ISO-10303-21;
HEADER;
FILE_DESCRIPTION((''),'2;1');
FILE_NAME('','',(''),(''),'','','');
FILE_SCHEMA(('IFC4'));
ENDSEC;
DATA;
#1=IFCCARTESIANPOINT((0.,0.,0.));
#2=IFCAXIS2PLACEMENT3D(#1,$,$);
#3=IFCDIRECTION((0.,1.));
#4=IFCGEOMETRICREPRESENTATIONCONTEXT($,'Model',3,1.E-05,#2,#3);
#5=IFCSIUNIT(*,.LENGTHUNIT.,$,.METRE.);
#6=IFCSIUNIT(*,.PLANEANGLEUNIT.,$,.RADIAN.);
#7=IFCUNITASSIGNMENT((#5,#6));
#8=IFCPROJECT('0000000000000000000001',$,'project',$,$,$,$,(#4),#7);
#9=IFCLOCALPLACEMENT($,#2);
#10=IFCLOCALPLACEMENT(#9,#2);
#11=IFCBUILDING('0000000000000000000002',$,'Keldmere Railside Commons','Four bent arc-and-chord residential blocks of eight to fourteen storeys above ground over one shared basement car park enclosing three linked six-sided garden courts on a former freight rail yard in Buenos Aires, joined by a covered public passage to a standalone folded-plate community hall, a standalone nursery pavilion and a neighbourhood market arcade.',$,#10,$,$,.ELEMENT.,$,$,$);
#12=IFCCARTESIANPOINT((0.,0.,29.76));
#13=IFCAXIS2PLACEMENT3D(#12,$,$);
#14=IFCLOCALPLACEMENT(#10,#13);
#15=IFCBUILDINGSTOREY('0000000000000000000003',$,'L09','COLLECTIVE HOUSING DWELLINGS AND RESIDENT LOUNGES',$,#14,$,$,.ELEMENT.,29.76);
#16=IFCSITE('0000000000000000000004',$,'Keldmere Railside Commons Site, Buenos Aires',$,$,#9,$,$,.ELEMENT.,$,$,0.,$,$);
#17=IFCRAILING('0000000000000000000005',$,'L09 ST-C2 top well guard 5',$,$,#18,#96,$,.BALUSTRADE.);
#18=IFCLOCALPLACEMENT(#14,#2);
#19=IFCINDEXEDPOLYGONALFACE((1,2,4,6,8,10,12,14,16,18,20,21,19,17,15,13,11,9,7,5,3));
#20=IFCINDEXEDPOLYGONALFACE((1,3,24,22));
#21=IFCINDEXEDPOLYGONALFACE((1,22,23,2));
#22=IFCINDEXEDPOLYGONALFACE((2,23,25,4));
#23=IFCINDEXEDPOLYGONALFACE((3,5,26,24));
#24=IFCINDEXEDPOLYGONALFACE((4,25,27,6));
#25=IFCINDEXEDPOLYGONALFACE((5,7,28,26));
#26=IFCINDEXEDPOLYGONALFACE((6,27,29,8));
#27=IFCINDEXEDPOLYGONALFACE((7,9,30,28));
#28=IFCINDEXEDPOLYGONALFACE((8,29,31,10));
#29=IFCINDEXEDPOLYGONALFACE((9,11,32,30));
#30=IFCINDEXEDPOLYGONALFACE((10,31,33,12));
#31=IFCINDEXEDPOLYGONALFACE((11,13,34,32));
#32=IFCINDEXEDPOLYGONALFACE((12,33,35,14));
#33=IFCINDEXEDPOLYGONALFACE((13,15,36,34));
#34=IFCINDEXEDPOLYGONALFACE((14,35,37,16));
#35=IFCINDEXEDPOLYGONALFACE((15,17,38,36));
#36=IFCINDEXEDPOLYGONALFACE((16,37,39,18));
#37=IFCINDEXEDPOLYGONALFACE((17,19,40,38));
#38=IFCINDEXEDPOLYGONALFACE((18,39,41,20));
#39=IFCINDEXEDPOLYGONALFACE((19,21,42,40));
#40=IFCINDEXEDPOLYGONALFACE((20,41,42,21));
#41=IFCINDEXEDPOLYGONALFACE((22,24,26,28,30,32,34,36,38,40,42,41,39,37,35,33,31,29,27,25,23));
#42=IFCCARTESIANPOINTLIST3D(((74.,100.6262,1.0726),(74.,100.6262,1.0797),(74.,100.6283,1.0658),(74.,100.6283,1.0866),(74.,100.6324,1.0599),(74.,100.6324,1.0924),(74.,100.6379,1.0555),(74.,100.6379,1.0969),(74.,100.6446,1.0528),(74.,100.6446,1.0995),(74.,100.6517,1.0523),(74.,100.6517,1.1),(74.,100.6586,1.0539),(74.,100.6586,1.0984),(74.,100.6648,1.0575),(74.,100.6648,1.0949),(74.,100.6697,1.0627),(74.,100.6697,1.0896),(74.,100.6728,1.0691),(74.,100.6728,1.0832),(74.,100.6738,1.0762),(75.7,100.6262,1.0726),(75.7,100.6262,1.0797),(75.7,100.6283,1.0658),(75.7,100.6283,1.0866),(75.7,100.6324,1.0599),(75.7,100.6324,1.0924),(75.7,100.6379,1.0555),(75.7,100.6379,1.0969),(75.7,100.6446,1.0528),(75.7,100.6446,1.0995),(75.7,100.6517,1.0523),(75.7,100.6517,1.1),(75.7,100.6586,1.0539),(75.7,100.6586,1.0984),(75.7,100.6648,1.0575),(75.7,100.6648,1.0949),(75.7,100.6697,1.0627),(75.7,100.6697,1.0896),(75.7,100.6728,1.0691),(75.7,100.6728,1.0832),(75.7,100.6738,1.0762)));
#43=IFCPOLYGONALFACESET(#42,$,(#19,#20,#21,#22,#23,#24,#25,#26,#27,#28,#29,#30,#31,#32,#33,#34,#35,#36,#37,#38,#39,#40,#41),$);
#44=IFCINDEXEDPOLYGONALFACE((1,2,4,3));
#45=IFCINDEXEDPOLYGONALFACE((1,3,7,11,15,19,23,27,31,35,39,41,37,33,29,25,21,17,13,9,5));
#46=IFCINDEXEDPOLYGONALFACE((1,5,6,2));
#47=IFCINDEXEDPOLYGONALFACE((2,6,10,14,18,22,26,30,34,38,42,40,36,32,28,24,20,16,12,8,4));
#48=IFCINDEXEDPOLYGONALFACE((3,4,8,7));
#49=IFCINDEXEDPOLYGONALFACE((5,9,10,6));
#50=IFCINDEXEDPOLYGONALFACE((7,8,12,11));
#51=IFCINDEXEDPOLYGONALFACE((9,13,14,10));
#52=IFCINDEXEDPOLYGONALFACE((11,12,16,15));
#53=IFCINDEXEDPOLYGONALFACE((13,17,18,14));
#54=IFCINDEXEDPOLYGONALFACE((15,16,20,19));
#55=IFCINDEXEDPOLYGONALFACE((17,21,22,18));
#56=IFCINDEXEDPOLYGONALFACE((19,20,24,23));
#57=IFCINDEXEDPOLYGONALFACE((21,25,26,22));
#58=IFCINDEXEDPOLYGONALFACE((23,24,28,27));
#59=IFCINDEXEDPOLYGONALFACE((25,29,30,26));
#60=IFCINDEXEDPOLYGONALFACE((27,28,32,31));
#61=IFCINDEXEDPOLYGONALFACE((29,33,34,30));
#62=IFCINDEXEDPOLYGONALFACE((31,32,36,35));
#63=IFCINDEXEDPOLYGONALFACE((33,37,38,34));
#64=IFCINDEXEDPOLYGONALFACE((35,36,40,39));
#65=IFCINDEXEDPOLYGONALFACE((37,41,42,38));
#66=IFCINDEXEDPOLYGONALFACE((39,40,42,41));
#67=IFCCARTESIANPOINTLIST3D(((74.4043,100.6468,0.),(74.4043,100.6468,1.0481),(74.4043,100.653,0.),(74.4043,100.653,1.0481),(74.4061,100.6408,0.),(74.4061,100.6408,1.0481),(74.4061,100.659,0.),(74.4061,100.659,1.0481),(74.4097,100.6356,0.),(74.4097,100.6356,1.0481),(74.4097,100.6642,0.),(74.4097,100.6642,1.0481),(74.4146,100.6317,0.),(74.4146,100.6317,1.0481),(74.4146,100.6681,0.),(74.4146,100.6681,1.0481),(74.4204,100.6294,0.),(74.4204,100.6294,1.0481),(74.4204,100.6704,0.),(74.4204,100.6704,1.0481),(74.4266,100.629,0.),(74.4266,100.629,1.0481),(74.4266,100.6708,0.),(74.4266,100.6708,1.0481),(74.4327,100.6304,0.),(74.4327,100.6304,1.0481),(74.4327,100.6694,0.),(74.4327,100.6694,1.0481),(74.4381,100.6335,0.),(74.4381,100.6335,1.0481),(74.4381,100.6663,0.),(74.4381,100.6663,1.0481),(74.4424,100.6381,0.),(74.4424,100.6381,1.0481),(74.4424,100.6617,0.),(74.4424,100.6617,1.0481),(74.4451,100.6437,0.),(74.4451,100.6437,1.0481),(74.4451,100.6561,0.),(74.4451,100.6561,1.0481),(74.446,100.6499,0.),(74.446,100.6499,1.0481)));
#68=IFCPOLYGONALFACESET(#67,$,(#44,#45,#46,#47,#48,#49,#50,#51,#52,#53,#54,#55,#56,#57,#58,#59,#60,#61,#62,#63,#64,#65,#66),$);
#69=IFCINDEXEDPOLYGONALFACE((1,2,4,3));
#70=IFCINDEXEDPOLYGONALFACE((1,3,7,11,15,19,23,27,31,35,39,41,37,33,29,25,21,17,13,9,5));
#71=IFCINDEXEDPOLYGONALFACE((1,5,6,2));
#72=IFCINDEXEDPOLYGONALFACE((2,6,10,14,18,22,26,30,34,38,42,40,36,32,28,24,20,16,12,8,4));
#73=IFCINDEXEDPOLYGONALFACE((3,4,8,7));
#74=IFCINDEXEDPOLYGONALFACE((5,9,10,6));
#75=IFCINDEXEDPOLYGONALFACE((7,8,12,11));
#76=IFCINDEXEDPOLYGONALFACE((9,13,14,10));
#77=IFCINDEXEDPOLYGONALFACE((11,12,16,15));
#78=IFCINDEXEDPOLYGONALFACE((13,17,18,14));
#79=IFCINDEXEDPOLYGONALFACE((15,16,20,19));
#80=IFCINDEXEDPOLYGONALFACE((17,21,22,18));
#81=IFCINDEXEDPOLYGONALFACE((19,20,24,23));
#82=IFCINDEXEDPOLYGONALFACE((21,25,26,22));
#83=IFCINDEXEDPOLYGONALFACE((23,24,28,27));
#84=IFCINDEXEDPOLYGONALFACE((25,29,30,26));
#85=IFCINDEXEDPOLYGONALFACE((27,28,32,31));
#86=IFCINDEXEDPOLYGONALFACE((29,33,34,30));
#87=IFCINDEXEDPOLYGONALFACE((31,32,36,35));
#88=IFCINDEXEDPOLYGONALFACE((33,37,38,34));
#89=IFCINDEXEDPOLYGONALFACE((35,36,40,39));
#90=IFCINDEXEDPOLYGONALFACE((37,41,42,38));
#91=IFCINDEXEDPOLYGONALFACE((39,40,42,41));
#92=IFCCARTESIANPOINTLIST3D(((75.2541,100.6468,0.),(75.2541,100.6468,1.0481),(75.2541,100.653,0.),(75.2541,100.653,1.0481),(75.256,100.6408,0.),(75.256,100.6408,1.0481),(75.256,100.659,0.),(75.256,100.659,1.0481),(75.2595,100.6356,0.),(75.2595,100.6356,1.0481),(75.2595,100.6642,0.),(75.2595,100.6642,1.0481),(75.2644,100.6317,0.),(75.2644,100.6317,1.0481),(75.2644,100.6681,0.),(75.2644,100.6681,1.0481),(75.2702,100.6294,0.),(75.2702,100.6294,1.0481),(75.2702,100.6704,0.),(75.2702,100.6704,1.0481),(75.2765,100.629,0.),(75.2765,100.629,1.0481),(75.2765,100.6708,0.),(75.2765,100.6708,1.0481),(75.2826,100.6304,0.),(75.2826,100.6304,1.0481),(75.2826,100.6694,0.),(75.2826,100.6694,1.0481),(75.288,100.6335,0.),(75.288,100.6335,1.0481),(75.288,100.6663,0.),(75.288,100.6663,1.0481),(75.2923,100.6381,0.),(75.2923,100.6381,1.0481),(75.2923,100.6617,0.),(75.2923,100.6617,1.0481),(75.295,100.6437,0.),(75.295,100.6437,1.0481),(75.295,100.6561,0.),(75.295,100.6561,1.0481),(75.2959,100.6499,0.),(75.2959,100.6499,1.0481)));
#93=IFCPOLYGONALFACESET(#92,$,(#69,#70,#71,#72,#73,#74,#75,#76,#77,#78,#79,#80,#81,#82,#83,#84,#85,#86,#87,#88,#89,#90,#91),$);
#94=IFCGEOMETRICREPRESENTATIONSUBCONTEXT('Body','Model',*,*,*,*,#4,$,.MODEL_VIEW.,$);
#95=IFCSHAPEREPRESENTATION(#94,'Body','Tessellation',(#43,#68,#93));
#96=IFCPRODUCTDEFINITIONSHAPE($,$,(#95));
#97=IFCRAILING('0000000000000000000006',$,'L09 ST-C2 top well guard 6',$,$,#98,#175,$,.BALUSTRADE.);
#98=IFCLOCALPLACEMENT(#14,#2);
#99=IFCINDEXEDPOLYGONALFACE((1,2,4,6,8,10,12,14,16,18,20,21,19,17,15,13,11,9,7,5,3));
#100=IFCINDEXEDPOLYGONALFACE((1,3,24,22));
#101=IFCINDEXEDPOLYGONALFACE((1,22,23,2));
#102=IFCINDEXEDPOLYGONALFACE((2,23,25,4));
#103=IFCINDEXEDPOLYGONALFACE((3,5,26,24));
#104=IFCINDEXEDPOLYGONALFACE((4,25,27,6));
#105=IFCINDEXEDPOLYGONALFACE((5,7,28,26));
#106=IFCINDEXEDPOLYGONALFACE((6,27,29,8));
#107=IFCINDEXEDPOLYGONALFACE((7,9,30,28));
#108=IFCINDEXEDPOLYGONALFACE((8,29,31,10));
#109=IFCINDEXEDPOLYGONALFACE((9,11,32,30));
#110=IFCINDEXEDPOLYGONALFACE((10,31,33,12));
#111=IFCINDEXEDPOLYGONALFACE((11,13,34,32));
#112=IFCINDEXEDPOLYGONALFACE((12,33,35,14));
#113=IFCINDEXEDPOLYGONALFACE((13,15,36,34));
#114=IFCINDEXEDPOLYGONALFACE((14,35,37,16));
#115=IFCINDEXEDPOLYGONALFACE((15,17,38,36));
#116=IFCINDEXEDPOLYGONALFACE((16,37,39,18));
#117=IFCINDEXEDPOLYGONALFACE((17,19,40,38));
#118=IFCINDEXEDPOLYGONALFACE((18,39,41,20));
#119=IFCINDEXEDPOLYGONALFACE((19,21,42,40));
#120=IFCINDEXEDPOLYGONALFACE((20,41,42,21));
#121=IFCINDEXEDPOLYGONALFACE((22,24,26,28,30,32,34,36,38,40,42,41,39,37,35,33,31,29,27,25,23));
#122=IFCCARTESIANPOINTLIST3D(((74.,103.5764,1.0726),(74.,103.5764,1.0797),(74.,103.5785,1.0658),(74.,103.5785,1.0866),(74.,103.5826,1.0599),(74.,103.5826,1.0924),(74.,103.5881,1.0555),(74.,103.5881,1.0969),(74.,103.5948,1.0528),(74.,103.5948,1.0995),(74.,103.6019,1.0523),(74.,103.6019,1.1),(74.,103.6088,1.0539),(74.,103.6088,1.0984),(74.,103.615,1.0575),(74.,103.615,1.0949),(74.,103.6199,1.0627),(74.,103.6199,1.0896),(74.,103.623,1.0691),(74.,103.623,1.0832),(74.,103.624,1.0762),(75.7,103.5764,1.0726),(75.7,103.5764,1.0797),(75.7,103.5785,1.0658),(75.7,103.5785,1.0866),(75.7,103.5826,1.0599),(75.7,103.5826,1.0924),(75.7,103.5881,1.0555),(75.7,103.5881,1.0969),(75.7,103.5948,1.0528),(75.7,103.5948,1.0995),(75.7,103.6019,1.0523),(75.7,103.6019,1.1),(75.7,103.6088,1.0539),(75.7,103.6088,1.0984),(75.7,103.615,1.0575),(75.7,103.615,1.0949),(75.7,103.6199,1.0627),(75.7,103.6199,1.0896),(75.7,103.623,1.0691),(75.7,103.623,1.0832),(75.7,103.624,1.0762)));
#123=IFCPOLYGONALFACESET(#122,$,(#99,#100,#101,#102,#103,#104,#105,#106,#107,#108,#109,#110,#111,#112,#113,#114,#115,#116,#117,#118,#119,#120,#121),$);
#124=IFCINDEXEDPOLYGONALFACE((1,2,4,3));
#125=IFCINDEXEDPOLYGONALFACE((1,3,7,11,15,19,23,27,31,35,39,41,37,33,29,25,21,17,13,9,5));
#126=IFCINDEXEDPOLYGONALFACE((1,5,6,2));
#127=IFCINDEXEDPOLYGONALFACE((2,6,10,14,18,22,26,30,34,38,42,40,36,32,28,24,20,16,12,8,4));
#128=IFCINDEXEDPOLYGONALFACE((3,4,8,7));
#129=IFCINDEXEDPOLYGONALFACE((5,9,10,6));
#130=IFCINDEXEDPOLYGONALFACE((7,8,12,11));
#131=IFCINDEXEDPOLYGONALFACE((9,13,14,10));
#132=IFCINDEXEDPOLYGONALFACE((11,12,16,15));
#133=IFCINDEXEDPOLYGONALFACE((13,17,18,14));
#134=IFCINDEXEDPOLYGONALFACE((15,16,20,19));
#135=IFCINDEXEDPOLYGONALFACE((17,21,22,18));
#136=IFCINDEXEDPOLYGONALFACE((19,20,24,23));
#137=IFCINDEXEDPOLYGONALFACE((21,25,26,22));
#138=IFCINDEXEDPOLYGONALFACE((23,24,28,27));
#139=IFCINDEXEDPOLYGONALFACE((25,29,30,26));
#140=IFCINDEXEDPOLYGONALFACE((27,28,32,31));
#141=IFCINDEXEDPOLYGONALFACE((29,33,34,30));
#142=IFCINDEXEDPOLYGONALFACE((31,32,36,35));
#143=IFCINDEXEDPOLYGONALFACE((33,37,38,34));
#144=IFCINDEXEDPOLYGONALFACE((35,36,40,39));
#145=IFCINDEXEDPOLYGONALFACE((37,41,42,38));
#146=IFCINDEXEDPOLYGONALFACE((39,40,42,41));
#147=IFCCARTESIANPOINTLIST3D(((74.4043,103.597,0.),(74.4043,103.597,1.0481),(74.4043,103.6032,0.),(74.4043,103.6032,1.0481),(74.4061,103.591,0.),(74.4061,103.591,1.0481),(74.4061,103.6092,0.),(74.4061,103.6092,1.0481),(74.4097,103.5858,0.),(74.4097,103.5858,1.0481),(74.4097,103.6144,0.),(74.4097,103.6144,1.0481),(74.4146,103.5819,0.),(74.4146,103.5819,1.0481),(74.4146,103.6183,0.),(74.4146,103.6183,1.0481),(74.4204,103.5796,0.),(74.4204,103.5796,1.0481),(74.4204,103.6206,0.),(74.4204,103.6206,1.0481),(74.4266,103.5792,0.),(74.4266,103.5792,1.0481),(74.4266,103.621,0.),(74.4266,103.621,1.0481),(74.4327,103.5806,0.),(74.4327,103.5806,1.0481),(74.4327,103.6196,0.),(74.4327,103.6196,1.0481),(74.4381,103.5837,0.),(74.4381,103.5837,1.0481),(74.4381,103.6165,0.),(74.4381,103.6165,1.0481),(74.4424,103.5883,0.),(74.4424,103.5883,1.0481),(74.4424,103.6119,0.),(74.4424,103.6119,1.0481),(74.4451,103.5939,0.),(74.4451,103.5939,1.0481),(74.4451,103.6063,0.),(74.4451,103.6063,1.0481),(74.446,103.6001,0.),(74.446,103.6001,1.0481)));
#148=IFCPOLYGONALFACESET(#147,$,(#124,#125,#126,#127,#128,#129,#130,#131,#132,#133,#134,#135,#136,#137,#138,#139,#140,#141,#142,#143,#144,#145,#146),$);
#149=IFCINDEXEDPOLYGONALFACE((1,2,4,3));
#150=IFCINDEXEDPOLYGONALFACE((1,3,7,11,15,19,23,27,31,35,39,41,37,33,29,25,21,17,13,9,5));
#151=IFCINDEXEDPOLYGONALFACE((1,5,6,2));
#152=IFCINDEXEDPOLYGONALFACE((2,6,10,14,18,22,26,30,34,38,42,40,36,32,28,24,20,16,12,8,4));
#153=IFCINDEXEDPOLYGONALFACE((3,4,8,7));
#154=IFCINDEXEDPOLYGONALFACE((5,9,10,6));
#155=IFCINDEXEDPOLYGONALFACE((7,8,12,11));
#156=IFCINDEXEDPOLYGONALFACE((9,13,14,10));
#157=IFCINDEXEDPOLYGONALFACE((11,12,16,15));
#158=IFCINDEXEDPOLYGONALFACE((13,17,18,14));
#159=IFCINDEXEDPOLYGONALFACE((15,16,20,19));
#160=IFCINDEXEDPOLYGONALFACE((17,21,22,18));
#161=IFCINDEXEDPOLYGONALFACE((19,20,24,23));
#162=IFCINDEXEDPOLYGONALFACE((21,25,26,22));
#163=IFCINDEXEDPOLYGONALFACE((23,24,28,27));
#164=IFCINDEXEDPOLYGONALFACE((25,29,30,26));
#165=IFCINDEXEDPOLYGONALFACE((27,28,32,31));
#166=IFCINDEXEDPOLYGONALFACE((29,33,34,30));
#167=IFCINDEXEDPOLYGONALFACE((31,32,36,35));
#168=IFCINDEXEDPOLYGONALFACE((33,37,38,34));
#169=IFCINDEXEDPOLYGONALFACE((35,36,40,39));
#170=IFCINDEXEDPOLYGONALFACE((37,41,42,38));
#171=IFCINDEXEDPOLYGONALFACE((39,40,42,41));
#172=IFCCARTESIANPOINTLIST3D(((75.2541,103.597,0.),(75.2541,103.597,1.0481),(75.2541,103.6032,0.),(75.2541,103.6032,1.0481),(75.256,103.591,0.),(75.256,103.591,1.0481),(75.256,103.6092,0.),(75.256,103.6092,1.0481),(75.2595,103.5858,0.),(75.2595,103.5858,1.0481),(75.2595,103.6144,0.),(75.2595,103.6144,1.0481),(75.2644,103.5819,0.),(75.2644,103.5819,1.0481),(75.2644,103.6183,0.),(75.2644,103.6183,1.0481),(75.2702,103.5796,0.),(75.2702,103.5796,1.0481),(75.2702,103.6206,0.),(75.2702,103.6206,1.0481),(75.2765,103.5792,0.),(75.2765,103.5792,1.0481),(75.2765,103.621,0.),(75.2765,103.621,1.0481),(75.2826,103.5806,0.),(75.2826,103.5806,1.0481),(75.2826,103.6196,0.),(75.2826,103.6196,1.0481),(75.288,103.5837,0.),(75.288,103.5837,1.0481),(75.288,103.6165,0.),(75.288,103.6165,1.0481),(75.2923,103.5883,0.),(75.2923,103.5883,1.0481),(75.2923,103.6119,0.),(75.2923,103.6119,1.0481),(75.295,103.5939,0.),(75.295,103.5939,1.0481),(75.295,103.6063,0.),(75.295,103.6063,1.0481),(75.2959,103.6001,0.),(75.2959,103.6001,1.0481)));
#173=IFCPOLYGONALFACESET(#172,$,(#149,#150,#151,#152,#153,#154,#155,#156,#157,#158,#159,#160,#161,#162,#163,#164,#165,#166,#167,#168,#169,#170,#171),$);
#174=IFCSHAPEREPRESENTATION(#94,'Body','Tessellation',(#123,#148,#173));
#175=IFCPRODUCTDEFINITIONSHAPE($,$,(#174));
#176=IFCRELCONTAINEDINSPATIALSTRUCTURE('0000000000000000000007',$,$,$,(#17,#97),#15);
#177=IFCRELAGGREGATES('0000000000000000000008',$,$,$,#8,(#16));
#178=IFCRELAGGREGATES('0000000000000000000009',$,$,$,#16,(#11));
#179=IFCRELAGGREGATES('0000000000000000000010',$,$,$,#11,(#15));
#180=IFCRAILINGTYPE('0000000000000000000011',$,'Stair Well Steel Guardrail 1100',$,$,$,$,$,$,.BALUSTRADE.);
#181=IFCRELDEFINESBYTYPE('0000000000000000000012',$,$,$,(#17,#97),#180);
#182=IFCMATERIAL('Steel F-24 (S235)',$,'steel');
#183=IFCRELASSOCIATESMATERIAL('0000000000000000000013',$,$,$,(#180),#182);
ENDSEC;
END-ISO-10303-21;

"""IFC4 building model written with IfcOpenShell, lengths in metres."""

from ifc_helpers import new_model, si_unit, direction, frame, origin, origin_2d, place, context, subcontext, project, spatial, circle, extrude, material, type_object, element, save


model = new_model("IFC4")

# Units and contexts
model_context = context("Model", 3, precision=1e-05, world=origin(), true_north=direction((0.0, 1.0)))
body_context = subcontext(model_context, "Body", "Model", "MODEL_VIEW")
ifc_project = project(units=[si_unit("LENGTHUNIT", "METRE"), si_unit("PLANEANGLEUNIT", "RADIAN")], contexts=[model_context])

# Site, building, storey
site_placement = place(None, origin())
site = spatial("IfcSite", under=ifc_project, at=site_placement, Name="Keldmere Railside Commons Site, Buenos Aires", CompositionType="ELEMENT", RefElevation=0.0)
building_placement = place(site_placement, origin())
building = spatial("IfcBuilding", under=site, at=building_placement, Name="Keldmere Railside Commons", Description="Four bent arc-and-chord residential blocks of eight to fourteen storeys above ground over one shared basement car park enclosing three linked six-sided garden courts on a former freight rail yard in Buenos Aires, joined by a covered public passage to a standalone folded-plate community hall, a standalone nursery pavilion and a neighbourhood market arcade.", CompositionType="ELEMENT")
storey_placement = place(building_placement, frame((0.0, 0.0, 29.76)))
storey = spatial("IfcBuildingStorey", under=building, at=storey_placement, Name="L09", Description="COLLECTIVE HOUSING DWELLINGS AND RESIDENT LOUNGES", CompositionType="ELEMENT", Elevation=29.76)

# Railings
ifc_material_1 = material(Name="Steel F-24 (S235)", Category="steel")
railing_type_1 = type_object("IfcRailingType", Name="Stair Well Steel Guardrail 1100", PredefinedType="BALUSTRADE", material=ifc_material_1)
for number, where, name in (
    (1, (74.0, 100.6499, 0.0), "L09 ST-C2 top well guard 5"),
    (2, (74.0, 103.6001, 0.0), "L09 ST-C2 top well guard 6"),
):
    element("IfcRailing", number, at=place(storey_placement, frame(where)), inside=storey, type_object=railing_type_1, Name=name, PredefinedType="BALUSTRADE", context=body_context, shape_type="SweptSolid", body=[
        extrude(circle(Radius=0.0239, at=origin_2d()), frame((0.0, 0.0, 1.0762), z_axis=(1.0, 0.0, 0.0), x_axis=(0.0, 1.0, 0.0)), (0.0, 0.0, 1.0), 1.7),
        extrude(circle(Radius=0.021, at=origin_2d()), frame((0.425, 0.0, 0.0)), (0.0, 0.0, 1.0), 1.0481),
        extrude(circle(Radius=0.021, at=origin_2d()), frame((1.2749, 0.0, 0.0)), (0.0, 0.0, 1.0), 1.0481),
    ])

save(model, "model.ifc")
